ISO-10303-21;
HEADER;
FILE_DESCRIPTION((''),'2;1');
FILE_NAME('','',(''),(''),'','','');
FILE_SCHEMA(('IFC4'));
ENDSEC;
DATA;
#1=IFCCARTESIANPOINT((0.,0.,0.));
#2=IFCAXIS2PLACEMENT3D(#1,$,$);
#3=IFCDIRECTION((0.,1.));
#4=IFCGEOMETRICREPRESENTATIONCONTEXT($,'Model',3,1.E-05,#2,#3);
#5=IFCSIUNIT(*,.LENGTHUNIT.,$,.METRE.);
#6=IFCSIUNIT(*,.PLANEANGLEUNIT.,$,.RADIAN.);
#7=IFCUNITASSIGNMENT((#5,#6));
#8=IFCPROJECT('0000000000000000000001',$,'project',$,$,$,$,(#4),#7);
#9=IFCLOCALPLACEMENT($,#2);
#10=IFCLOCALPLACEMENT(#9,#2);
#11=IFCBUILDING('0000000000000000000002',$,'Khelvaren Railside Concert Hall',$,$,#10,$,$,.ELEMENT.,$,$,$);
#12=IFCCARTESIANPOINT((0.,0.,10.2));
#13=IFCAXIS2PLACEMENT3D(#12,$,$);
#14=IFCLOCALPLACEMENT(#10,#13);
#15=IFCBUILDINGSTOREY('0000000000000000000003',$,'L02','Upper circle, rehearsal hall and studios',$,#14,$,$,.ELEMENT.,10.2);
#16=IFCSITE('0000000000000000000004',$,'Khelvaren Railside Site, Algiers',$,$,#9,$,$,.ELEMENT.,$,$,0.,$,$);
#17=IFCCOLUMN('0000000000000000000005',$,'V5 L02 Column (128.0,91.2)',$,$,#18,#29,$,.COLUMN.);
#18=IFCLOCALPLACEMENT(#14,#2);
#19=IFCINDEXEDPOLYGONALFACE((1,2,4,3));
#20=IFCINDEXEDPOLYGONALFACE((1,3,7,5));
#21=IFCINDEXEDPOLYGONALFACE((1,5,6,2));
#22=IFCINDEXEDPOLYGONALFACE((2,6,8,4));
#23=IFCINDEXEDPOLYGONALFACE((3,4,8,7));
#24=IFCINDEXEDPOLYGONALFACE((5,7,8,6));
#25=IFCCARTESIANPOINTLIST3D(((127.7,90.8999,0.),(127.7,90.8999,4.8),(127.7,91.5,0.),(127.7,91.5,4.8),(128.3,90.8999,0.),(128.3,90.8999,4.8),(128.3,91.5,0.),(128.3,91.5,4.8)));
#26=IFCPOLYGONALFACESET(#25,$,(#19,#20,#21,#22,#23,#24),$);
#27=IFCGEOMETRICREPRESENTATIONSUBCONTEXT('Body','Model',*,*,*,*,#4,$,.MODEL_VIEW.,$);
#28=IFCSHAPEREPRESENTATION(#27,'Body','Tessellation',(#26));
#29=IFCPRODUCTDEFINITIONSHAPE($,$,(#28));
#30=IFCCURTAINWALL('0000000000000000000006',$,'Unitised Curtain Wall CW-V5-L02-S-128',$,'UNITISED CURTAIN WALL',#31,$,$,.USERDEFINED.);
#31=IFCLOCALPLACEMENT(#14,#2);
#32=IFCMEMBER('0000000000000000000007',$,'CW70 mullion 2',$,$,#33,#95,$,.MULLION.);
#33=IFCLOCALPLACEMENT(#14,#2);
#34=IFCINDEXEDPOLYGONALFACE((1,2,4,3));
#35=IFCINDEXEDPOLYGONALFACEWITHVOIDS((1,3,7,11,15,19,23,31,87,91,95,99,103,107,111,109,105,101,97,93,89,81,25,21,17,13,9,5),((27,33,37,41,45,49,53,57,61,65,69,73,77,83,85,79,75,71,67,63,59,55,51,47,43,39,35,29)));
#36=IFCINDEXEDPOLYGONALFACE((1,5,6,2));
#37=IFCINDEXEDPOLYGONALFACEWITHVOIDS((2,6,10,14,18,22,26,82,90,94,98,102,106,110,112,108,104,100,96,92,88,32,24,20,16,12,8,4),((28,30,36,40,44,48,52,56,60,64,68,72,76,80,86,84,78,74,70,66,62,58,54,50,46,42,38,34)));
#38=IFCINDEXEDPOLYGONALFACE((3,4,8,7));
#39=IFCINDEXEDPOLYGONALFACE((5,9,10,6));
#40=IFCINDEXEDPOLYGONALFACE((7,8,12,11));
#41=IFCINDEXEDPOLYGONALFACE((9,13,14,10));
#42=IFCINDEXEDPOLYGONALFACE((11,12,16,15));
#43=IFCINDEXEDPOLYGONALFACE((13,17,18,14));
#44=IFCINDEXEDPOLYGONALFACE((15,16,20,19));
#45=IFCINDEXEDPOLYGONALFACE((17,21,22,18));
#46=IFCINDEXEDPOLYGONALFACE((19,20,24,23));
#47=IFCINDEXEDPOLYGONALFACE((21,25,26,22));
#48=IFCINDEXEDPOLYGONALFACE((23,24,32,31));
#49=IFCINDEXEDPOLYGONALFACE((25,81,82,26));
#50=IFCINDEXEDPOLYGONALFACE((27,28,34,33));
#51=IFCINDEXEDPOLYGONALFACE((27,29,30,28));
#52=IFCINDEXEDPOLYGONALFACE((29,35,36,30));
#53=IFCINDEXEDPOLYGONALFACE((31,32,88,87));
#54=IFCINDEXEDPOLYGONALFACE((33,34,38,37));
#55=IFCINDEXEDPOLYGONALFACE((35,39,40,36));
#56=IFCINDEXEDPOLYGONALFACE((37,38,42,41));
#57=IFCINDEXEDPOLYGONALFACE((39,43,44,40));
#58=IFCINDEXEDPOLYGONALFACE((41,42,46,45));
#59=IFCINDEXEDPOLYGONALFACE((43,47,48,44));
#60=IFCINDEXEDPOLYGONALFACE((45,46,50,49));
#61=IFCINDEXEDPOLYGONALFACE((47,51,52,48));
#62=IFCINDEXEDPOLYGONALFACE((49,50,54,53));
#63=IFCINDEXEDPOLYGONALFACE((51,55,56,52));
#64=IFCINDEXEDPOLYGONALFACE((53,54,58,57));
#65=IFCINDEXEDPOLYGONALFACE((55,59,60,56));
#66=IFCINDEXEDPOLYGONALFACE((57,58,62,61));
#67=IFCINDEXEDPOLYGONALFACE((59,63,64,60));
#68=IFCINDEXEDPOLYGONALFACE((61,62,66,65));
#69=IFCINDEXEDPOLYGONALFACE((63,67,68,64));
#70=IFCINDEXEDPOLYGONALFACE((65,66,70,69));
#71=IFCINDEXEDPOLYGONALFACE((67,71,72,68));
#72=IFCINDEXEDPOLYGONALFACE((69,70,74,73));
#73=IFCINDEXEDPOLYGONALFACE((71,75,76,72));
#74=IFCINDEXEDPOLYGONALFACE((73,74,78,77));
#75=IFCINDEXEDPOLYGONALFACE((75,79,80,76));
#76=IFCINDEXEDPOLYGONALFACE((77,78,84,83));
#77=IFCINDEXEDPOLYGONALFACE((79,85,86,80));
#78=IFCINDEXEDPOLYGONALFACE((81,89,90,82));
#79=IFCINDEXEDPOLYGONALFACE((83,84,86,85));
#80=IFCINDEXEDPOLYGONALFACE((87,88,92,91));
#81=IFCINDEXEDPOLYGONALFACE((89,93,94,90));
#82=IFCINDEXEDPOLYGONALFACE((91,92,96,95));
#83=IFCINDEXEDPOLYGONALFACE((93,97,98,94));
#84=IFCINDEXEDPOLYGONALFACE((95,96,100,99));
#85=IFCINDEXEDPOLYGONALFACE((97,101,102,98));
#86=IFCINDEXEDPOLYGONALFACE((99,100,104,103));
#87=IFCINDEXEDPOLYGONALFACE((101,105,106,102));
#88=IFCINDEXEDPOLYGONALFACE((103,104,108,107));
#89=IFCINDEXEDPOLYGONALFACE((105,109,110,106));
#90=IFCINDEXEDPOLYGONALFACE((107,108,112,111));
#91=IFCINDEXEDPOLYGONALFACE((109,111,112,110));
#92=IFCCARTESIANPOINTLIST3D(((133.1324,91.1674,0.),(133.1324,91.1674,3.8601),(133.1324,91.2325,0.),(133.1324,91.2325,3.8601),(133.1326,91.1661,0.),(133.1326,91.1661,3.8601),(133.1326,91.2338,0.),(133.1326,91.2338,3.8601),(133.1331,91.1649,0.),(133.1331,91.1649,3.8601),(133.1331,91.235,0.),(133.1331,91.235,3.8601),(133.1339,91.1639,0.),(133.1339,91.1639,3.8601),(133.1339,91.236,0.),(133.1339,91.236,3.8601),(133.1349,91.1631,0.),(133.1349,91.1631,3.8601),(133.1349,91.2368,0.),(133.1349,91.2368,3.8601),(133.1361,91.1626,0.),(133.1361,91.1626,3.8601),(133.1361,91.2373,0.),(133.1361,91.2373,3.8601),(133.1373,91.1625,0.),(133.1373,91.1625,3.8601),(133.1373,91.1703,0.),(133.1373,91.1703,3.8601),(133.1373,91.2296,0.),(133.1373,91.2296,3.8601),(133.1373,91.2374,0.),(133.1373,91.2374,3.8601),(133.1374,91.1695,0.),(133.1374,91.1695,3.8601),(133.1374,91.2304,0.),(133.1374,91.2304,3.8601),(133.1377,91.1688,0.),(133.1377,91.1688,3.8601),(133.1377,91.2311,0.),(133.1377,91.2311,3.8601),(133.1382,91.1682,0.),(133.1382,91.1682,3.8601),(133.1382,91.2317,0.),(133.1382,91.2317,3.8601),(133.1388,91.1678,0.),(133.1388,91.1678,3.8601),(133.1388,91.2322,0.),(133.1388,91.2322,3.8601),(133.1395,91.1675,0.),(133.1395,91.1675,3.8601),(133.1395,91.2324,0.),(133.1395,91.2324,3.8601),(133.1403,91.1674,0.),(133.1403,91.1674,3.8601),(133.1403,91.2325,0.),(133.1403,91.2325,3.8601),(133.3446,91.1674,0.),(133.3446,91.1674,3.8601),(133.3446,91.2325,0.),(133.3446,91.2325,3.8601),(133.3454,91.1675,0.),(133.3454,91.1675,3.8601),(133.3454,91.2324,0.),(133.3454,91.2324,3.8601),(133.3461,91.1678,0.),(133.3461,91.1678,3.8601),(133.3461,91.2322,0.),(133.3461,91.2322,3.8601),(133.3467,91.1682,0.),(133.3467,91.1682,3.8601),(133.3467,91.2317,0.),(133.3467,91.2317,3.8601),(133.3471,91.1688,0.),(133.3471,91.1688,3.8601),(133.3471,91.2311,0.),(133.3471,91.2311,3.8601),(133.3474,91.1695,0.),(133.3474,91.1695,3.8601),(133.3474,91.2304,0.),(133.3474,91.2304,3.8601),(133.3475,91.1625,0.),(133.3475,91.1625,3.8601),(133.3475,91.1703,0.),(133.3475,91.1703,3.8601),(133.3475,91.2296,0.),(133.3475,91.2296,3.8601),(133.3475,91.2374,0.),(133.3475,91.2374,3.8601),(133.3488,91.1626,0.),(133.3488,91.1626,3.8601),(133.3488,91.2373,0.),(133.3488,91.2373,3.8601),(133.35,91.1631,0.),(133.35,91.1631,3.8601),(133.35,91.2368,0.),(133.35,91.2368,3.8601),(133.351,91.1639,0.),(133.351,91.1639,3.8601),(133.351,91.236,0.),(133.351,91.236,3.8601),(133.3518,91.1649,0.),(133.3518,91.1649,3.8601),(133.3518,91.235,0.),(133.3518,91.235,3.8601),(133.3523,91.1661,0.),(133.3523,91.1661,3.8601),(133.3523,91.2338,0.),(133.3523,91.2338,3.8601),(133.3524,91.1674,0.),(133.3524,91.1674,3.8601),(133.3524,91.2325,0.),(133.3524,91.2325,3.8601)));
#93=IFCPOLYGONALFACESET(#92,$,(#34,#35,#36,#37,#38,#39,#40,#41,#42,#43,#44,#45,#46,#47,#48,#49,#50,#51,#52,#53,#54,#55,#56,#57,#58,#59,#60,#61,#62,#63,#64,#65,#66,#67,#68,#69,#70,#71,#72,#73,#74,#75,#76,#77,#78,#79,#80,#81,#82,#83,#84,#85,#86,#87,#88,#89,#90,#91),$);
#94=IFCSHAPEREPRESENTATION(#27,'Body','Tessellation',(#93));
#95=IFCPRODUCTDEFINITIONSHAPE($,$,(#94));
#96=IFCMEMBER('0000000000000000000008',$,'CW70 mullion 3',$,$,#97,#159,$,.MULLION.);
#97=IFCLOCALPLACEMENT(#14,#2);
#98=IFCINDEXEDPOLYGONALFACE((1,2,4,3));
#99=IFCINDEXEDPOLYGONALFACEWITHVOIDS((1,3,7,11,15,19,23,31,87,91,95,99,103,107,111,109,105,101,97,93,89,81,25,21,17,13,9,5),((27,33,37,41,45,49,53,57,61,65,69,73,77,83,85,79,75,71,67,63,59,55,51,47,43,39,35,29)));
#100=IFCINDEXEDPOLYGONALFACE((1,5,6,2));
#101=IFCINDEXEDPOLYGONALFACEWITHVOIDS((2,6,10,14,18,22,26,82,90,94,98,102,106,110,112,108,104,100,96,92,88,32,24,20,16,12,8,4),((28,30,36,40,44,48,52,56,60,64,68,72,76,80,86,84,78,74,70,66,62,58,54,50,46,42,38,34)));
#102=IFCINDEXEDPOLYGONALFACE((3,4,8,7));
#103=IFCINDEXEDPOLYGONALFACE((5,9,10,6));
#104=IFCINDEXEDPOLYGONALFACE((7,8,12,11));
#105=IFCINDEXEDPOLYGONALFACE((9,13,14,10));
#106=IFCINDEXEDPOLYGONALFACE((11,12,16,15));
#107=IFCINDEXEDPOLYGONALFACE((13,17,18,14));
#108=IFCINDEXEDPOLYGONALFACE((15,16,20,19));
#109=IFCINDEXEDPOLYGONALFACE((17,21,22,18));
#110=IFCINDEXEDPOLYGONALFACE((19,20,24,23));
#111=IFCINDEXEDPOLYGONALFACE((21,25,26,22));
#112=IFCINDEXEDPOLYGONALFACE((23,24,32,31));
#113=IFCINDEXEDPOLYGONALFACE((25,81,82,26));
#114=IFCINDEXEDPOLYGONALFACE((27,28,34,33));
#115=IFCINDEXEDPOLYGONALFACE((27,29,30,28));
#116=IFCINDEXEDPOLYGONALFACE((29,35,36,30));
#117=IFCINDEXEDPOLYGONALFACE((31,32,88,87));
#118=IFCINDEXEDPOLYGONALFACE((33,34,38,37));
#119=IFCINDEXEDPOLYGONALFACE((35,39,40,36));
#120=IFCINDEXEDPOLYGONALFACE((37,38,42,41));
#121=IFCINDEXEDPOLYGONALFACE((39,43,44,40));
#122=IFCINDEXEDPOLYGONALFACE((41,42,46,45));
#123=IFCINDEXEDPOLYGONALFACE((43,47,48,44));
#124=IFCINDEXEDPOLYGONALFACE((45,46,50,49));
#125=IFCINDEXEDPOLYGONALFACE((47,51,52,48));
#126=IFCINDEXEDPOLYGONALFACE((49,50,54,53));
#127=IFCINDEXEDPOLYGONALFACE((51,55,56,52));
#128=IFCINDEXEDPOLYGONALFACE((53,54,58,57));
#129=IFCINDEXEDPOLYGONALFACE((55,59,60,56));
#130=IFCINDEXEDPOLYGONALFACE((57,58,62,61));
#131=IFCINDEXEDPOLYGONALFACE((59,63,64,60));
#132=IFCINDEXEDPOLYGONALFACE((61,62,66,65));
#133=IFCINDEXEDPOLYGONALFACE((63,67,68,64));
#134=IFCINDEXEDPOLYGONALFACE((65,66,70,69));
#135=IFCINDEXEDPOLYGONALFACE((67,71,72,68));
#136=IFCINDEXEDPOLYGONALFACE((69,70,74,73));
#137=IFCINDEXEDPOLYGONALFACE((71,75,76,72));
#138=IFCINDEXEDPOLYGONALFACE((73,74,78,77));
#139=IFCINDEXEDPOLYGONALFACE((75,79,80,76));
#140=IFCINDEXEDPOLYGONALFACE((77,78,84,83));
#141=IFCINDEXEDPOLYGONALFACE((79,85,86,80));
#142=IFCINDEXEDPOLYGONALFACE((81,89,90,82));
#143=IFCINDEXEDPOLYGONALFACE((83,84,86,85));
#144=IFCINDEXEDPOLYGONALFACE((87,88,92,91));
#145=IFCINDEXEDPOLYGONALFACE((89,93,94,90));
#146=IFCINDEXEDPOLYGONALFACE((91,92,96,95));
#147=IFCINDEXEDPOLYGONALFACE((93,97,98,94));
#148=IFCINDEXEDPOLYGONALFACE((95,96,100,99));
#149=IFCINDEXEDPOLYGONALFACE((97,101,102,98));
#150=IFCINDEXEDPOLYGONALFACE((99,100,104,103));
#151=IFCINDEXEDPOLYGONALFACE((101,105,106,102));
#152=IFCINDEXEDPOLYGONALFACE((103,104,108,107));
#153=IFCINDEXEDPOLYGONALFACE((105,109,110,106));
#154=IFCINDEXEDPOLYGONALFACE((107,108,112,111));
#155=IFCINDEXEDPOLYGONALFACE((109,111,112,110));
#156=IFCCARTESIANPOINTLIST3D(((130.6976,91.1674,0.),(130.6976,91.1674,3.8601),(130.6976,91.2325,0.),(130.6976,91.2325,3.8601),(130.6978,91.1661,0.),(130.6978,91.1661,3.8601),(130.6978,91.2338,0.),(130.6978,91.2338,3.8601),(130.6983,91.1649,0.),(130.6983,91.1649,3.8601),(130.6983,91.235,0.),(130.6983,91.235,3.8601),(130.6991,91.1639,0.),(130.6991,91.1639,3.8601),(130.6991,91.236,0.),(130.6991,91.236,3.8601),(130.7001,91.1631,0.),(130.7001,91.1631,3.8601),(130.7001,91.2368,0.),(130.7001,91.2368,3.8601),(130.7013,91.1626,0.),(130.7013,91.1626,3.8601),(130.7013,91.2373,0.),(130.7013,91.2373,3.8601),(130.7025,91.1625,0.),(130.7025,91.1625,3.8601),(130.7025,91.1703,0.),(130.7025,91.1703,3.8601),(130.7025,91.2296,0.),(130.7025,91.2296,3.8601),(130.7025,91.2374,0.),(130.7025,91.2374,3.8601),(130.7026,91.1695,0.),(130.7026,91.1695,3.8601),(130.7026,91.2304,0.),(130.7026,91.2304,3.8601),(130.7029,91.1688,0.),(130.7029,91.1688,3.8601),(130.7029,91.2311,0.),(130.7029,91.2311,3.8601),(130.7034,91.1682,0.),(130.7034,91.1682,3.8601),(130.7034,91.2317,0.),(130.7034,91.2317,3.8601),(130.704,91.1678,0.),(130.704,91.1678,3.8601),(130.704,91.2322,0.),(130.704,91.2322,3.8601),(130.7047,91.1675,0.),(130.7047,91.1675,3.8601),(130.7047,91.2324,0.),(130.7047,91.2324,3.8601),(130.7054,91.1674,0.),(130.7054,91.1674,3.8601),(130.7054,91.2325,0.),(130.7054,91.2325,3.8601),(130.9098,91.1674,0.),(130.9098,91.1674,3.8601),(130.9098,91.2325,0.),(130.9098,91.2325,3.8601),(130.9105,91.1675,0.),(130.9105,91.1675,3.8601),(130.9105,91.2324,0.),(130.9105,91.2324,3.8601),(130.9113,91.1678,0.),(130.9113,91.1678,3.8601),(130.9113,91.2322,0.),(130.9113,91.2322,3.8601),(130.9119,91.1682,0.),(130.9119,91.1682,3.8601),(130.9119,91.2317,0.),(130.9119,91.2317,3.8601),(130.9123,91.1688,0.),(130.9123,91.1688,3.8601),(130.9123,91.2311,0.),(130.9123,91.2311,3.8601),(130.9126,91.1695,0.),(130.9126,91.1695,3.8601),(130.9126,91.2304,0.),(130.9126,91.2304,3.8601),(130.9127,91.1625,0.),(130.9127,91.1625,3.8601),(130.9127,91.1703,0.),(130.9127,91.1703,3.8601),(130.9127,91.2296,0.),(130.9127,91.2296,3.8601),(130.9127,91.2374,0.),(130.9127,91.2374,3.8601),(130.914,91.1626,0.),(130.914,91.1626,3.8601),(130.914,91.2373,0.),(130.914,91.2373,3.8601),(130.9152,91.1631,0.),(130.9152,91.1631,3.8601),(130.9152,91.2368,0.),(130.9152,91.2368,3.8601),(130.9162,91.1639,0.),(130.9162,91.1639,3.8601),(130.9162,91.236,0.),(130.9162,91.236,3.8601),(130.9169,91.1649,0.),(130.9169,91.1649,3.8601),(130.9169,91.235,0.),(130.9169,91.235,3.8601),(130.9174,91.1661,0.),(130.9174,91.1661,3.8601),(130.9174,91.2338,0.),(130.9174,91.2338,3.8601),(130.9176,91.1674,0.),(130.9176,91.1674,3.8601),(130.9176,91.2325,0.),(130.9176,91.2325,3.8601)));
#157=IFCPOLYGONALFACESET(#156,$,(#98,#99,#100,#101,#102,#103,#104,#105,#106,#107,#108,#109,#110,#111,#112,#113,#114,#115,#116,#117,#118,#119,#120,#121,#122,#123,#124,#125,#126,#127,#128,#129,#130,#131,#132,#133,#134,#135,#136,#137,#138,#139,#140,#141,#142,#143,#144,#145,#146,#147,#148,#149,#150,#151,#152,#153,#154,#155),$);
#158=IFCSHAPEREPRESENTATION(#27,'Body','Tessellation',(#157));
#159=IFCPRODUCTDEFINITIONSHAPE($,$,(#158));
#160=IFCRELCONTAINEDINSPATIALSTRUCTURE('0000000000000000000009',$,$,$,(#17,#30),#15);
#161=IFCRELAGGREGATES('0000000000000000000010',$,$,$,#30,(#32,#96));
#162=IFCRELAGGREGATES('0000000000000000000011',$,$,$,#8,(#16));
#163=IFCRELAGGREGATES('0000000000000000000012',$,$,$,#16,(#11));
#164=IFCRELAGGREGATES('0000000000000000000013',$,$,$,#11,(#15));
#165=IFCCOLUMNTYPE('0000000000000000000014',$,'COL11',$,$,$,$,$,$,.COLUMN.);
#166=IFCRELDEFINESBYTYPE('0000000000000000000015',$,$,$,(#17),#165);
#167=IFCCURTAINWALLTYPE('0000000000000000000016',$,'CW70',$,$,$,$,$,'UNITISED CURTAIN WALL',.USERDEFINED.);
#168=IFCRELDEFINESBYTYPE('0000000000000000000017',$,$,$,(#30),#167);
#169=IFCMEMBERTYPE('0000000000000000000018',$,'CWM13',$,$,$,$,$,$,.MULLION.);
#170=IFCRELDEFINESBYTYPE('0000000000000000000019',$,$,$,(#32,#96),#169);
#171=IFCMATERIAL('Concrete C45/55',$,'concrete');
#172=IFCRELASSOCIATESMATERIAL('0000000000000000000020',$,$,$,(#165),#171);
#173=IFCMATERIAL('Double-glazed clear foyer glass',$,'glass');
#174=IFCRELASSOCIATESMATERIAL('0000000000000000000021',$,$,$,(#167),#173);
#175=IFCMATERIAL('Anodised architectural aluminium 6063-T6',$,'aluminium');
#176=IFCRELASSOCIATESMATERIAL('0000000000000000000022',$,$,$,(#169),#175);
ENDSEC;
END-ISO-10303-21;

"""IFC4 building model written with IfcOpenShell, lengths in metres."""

from ifc_helpers import new_model, si_unit, direction, frame, origin, origin_2d, place, context, subcontext, project, spatial, rectangle, hollow_rectangle, extrude, material, material_profile, profile_set, type_object, element, aggregate, save


model = new_model("IFC4")

# Units and contexts
model_context = context("Model", 3, precision=1e-05, world=origin(), true_north=direction((0.0, 1.0)))
body_context = subcontext(model_context, "Body", "Model", "MODEL_VIEW")
ifc_project = project(units=[si_unit("LENGTHUNIT", "METRE"), si_unit("PLANEANGLEUNIT", "RADIAN")], contexts=[model_context])

# Site, building, storey
site_placement = place(None, origin())
site = spatial("IfcSite", under=ifc_project, at=site_placement, Name="Khelvaren Railside Site, Algiers", CompositionType="ELEMENT", RefElevation=0.0)
building_placement = place(site_placement, origin())
building = spatial("IfcBuilding", under=site, at=building_placement, Name="Khelvaren Railside Concert Hall", CompositionType="ELEMENT")
storey_placement = place(building_placement, frame((0.0, 0.0, 10.2)))
storey = spatial("IfcBuildingStorey", under=building, at=storey_placement, Name="L02", Description="Upper circle, rehearsal hall and studios", CompositionType="ELEMENT", Elevation=10.2)

# Column
ifc_material_1 = material(Name="Concrete C45/55", Category="concrete")
ifc_material_profile_1 = material_profile(ifc_material_1, rectangle(XDim=0.6001, YDim=0.6001, at=origin_2d()), Name="RC 600x600")
ifc_profile_set_1 = profile_set([ifc_material_profile_1], Name="Concrete C45/55")
column_type = type_object("IfcColumnType", Name="COL11", PredefinedType="COLUMN", material=ifc_profile_set_1)
column_placement = place(storey_placement, frame((128.0, 91.2, 0.0), z_axis=(0.0, 0.0, 1.0), x_axis=(1.0, 0.0, 0.0)))
element("IfcColumn", 1, at=column_placement, inside=storey, type_object=column_type, Name="V5 L02 Column (128.0,91.2)", PredefinedType="COLUMN", context=body_context, shape_type="SweptSolid", body=[
    extrude(rectangle(XDim=0.6001, YDim=0.6001, at=origin_2d()), origin(), (0.0, 0.0, 1.0), 4.8),
])

# Curtain wall, members
ifc_material_2 = material(Name="Double-glazed clear foyer glass", Category="glass")
curtain_wall_type = type_object("IfcCurtainWallType", Name="CW70", ElementType="UNITISED CURTAIN WALL", PredefinedType="USERDEFINED", material=ifc_material_2)
curtain_wall_placement = place(storey_placement, origin())
curtain_wall = element("IfcCurtainWall", 2, at=curtain_wall_placement, inside=storey, type_object=curtain_wall_type, Name="Unitised Curtain Wall CW-V5-L02-S-128", ObjectType="UNITISED CURTAIN WALL", PredefinedType="USERDEFINED")
ifc_material_3 = material(Name="Anodised architectural aluminium 6063-T6", Category="aluminium")
ifc_material_profile_2 = material_profile(ifc_material_3, hollow_rectangle(XDim=0.075, YDim=0.22, WallThickness=0.0049, InnerFilletRadius=0.0029, OuterFilletRadius=0.0049, at=origin_2d()), Name="CWM 75x220x5")
ifc_profile_set_2 = profile_set([ifc_material_profile_2], Name="Anodised architectural aluminium 6063-T6")
member_type_1 = type_object("IfcMemberType", Name="CWM13", PredefinedType="MULLION", material=ifc_profile_set_2)
member_1_placement = place(storey_placement, frame((133.2424, 91.2, 0.0), z_axis=(0.0, 0.0, 1.0), x_axis=(0.0, -1.0, 0.0)))
member_1 = element("IfcMember", 3, at=member_1_placement, type_object=member_type_1, Name="CW70 mullion 2", PredefinedType="MULLION", context=body_context, shape_type="SweptSolid", body=[
    extrude(hollow_rectangle(XDim=0.075, YDim=0.22, WallThickness=0.0049, InnerFilletRadius=0.0029, OuterFilletRadius=0.0049, at=origin_2d()), origin(), (0.0, 0.0, 1.0), 3.8601),
])
member_2_placement = place(storey_placement, frame((130.8076, 91.2, 0.0), z_axis=(0.0, 0.0, 1.0), x_axis=(0.0, -1.0, 0.0)))
member_2 = element("IfcMember", 4, at=member_2_placement, type_object=member_type_1, Name="CW70 mullion 3", PredefinedType="MULLION", context=body_context, shape_type="SweptSolid", body=[
    extrude(hollow_rectangle(XDim=0.075, YDim=0.22, WallThickness=0.0049, InnerFilletRadius=0.0029, OuterFilletRadius=0.0049, at=origin_2d()), origin(), (0.0, 0.0, 1.0), 3.8601),
])

aggregate(curtain_wall, [member_1, member_2])

save(model, "model.ifc")
